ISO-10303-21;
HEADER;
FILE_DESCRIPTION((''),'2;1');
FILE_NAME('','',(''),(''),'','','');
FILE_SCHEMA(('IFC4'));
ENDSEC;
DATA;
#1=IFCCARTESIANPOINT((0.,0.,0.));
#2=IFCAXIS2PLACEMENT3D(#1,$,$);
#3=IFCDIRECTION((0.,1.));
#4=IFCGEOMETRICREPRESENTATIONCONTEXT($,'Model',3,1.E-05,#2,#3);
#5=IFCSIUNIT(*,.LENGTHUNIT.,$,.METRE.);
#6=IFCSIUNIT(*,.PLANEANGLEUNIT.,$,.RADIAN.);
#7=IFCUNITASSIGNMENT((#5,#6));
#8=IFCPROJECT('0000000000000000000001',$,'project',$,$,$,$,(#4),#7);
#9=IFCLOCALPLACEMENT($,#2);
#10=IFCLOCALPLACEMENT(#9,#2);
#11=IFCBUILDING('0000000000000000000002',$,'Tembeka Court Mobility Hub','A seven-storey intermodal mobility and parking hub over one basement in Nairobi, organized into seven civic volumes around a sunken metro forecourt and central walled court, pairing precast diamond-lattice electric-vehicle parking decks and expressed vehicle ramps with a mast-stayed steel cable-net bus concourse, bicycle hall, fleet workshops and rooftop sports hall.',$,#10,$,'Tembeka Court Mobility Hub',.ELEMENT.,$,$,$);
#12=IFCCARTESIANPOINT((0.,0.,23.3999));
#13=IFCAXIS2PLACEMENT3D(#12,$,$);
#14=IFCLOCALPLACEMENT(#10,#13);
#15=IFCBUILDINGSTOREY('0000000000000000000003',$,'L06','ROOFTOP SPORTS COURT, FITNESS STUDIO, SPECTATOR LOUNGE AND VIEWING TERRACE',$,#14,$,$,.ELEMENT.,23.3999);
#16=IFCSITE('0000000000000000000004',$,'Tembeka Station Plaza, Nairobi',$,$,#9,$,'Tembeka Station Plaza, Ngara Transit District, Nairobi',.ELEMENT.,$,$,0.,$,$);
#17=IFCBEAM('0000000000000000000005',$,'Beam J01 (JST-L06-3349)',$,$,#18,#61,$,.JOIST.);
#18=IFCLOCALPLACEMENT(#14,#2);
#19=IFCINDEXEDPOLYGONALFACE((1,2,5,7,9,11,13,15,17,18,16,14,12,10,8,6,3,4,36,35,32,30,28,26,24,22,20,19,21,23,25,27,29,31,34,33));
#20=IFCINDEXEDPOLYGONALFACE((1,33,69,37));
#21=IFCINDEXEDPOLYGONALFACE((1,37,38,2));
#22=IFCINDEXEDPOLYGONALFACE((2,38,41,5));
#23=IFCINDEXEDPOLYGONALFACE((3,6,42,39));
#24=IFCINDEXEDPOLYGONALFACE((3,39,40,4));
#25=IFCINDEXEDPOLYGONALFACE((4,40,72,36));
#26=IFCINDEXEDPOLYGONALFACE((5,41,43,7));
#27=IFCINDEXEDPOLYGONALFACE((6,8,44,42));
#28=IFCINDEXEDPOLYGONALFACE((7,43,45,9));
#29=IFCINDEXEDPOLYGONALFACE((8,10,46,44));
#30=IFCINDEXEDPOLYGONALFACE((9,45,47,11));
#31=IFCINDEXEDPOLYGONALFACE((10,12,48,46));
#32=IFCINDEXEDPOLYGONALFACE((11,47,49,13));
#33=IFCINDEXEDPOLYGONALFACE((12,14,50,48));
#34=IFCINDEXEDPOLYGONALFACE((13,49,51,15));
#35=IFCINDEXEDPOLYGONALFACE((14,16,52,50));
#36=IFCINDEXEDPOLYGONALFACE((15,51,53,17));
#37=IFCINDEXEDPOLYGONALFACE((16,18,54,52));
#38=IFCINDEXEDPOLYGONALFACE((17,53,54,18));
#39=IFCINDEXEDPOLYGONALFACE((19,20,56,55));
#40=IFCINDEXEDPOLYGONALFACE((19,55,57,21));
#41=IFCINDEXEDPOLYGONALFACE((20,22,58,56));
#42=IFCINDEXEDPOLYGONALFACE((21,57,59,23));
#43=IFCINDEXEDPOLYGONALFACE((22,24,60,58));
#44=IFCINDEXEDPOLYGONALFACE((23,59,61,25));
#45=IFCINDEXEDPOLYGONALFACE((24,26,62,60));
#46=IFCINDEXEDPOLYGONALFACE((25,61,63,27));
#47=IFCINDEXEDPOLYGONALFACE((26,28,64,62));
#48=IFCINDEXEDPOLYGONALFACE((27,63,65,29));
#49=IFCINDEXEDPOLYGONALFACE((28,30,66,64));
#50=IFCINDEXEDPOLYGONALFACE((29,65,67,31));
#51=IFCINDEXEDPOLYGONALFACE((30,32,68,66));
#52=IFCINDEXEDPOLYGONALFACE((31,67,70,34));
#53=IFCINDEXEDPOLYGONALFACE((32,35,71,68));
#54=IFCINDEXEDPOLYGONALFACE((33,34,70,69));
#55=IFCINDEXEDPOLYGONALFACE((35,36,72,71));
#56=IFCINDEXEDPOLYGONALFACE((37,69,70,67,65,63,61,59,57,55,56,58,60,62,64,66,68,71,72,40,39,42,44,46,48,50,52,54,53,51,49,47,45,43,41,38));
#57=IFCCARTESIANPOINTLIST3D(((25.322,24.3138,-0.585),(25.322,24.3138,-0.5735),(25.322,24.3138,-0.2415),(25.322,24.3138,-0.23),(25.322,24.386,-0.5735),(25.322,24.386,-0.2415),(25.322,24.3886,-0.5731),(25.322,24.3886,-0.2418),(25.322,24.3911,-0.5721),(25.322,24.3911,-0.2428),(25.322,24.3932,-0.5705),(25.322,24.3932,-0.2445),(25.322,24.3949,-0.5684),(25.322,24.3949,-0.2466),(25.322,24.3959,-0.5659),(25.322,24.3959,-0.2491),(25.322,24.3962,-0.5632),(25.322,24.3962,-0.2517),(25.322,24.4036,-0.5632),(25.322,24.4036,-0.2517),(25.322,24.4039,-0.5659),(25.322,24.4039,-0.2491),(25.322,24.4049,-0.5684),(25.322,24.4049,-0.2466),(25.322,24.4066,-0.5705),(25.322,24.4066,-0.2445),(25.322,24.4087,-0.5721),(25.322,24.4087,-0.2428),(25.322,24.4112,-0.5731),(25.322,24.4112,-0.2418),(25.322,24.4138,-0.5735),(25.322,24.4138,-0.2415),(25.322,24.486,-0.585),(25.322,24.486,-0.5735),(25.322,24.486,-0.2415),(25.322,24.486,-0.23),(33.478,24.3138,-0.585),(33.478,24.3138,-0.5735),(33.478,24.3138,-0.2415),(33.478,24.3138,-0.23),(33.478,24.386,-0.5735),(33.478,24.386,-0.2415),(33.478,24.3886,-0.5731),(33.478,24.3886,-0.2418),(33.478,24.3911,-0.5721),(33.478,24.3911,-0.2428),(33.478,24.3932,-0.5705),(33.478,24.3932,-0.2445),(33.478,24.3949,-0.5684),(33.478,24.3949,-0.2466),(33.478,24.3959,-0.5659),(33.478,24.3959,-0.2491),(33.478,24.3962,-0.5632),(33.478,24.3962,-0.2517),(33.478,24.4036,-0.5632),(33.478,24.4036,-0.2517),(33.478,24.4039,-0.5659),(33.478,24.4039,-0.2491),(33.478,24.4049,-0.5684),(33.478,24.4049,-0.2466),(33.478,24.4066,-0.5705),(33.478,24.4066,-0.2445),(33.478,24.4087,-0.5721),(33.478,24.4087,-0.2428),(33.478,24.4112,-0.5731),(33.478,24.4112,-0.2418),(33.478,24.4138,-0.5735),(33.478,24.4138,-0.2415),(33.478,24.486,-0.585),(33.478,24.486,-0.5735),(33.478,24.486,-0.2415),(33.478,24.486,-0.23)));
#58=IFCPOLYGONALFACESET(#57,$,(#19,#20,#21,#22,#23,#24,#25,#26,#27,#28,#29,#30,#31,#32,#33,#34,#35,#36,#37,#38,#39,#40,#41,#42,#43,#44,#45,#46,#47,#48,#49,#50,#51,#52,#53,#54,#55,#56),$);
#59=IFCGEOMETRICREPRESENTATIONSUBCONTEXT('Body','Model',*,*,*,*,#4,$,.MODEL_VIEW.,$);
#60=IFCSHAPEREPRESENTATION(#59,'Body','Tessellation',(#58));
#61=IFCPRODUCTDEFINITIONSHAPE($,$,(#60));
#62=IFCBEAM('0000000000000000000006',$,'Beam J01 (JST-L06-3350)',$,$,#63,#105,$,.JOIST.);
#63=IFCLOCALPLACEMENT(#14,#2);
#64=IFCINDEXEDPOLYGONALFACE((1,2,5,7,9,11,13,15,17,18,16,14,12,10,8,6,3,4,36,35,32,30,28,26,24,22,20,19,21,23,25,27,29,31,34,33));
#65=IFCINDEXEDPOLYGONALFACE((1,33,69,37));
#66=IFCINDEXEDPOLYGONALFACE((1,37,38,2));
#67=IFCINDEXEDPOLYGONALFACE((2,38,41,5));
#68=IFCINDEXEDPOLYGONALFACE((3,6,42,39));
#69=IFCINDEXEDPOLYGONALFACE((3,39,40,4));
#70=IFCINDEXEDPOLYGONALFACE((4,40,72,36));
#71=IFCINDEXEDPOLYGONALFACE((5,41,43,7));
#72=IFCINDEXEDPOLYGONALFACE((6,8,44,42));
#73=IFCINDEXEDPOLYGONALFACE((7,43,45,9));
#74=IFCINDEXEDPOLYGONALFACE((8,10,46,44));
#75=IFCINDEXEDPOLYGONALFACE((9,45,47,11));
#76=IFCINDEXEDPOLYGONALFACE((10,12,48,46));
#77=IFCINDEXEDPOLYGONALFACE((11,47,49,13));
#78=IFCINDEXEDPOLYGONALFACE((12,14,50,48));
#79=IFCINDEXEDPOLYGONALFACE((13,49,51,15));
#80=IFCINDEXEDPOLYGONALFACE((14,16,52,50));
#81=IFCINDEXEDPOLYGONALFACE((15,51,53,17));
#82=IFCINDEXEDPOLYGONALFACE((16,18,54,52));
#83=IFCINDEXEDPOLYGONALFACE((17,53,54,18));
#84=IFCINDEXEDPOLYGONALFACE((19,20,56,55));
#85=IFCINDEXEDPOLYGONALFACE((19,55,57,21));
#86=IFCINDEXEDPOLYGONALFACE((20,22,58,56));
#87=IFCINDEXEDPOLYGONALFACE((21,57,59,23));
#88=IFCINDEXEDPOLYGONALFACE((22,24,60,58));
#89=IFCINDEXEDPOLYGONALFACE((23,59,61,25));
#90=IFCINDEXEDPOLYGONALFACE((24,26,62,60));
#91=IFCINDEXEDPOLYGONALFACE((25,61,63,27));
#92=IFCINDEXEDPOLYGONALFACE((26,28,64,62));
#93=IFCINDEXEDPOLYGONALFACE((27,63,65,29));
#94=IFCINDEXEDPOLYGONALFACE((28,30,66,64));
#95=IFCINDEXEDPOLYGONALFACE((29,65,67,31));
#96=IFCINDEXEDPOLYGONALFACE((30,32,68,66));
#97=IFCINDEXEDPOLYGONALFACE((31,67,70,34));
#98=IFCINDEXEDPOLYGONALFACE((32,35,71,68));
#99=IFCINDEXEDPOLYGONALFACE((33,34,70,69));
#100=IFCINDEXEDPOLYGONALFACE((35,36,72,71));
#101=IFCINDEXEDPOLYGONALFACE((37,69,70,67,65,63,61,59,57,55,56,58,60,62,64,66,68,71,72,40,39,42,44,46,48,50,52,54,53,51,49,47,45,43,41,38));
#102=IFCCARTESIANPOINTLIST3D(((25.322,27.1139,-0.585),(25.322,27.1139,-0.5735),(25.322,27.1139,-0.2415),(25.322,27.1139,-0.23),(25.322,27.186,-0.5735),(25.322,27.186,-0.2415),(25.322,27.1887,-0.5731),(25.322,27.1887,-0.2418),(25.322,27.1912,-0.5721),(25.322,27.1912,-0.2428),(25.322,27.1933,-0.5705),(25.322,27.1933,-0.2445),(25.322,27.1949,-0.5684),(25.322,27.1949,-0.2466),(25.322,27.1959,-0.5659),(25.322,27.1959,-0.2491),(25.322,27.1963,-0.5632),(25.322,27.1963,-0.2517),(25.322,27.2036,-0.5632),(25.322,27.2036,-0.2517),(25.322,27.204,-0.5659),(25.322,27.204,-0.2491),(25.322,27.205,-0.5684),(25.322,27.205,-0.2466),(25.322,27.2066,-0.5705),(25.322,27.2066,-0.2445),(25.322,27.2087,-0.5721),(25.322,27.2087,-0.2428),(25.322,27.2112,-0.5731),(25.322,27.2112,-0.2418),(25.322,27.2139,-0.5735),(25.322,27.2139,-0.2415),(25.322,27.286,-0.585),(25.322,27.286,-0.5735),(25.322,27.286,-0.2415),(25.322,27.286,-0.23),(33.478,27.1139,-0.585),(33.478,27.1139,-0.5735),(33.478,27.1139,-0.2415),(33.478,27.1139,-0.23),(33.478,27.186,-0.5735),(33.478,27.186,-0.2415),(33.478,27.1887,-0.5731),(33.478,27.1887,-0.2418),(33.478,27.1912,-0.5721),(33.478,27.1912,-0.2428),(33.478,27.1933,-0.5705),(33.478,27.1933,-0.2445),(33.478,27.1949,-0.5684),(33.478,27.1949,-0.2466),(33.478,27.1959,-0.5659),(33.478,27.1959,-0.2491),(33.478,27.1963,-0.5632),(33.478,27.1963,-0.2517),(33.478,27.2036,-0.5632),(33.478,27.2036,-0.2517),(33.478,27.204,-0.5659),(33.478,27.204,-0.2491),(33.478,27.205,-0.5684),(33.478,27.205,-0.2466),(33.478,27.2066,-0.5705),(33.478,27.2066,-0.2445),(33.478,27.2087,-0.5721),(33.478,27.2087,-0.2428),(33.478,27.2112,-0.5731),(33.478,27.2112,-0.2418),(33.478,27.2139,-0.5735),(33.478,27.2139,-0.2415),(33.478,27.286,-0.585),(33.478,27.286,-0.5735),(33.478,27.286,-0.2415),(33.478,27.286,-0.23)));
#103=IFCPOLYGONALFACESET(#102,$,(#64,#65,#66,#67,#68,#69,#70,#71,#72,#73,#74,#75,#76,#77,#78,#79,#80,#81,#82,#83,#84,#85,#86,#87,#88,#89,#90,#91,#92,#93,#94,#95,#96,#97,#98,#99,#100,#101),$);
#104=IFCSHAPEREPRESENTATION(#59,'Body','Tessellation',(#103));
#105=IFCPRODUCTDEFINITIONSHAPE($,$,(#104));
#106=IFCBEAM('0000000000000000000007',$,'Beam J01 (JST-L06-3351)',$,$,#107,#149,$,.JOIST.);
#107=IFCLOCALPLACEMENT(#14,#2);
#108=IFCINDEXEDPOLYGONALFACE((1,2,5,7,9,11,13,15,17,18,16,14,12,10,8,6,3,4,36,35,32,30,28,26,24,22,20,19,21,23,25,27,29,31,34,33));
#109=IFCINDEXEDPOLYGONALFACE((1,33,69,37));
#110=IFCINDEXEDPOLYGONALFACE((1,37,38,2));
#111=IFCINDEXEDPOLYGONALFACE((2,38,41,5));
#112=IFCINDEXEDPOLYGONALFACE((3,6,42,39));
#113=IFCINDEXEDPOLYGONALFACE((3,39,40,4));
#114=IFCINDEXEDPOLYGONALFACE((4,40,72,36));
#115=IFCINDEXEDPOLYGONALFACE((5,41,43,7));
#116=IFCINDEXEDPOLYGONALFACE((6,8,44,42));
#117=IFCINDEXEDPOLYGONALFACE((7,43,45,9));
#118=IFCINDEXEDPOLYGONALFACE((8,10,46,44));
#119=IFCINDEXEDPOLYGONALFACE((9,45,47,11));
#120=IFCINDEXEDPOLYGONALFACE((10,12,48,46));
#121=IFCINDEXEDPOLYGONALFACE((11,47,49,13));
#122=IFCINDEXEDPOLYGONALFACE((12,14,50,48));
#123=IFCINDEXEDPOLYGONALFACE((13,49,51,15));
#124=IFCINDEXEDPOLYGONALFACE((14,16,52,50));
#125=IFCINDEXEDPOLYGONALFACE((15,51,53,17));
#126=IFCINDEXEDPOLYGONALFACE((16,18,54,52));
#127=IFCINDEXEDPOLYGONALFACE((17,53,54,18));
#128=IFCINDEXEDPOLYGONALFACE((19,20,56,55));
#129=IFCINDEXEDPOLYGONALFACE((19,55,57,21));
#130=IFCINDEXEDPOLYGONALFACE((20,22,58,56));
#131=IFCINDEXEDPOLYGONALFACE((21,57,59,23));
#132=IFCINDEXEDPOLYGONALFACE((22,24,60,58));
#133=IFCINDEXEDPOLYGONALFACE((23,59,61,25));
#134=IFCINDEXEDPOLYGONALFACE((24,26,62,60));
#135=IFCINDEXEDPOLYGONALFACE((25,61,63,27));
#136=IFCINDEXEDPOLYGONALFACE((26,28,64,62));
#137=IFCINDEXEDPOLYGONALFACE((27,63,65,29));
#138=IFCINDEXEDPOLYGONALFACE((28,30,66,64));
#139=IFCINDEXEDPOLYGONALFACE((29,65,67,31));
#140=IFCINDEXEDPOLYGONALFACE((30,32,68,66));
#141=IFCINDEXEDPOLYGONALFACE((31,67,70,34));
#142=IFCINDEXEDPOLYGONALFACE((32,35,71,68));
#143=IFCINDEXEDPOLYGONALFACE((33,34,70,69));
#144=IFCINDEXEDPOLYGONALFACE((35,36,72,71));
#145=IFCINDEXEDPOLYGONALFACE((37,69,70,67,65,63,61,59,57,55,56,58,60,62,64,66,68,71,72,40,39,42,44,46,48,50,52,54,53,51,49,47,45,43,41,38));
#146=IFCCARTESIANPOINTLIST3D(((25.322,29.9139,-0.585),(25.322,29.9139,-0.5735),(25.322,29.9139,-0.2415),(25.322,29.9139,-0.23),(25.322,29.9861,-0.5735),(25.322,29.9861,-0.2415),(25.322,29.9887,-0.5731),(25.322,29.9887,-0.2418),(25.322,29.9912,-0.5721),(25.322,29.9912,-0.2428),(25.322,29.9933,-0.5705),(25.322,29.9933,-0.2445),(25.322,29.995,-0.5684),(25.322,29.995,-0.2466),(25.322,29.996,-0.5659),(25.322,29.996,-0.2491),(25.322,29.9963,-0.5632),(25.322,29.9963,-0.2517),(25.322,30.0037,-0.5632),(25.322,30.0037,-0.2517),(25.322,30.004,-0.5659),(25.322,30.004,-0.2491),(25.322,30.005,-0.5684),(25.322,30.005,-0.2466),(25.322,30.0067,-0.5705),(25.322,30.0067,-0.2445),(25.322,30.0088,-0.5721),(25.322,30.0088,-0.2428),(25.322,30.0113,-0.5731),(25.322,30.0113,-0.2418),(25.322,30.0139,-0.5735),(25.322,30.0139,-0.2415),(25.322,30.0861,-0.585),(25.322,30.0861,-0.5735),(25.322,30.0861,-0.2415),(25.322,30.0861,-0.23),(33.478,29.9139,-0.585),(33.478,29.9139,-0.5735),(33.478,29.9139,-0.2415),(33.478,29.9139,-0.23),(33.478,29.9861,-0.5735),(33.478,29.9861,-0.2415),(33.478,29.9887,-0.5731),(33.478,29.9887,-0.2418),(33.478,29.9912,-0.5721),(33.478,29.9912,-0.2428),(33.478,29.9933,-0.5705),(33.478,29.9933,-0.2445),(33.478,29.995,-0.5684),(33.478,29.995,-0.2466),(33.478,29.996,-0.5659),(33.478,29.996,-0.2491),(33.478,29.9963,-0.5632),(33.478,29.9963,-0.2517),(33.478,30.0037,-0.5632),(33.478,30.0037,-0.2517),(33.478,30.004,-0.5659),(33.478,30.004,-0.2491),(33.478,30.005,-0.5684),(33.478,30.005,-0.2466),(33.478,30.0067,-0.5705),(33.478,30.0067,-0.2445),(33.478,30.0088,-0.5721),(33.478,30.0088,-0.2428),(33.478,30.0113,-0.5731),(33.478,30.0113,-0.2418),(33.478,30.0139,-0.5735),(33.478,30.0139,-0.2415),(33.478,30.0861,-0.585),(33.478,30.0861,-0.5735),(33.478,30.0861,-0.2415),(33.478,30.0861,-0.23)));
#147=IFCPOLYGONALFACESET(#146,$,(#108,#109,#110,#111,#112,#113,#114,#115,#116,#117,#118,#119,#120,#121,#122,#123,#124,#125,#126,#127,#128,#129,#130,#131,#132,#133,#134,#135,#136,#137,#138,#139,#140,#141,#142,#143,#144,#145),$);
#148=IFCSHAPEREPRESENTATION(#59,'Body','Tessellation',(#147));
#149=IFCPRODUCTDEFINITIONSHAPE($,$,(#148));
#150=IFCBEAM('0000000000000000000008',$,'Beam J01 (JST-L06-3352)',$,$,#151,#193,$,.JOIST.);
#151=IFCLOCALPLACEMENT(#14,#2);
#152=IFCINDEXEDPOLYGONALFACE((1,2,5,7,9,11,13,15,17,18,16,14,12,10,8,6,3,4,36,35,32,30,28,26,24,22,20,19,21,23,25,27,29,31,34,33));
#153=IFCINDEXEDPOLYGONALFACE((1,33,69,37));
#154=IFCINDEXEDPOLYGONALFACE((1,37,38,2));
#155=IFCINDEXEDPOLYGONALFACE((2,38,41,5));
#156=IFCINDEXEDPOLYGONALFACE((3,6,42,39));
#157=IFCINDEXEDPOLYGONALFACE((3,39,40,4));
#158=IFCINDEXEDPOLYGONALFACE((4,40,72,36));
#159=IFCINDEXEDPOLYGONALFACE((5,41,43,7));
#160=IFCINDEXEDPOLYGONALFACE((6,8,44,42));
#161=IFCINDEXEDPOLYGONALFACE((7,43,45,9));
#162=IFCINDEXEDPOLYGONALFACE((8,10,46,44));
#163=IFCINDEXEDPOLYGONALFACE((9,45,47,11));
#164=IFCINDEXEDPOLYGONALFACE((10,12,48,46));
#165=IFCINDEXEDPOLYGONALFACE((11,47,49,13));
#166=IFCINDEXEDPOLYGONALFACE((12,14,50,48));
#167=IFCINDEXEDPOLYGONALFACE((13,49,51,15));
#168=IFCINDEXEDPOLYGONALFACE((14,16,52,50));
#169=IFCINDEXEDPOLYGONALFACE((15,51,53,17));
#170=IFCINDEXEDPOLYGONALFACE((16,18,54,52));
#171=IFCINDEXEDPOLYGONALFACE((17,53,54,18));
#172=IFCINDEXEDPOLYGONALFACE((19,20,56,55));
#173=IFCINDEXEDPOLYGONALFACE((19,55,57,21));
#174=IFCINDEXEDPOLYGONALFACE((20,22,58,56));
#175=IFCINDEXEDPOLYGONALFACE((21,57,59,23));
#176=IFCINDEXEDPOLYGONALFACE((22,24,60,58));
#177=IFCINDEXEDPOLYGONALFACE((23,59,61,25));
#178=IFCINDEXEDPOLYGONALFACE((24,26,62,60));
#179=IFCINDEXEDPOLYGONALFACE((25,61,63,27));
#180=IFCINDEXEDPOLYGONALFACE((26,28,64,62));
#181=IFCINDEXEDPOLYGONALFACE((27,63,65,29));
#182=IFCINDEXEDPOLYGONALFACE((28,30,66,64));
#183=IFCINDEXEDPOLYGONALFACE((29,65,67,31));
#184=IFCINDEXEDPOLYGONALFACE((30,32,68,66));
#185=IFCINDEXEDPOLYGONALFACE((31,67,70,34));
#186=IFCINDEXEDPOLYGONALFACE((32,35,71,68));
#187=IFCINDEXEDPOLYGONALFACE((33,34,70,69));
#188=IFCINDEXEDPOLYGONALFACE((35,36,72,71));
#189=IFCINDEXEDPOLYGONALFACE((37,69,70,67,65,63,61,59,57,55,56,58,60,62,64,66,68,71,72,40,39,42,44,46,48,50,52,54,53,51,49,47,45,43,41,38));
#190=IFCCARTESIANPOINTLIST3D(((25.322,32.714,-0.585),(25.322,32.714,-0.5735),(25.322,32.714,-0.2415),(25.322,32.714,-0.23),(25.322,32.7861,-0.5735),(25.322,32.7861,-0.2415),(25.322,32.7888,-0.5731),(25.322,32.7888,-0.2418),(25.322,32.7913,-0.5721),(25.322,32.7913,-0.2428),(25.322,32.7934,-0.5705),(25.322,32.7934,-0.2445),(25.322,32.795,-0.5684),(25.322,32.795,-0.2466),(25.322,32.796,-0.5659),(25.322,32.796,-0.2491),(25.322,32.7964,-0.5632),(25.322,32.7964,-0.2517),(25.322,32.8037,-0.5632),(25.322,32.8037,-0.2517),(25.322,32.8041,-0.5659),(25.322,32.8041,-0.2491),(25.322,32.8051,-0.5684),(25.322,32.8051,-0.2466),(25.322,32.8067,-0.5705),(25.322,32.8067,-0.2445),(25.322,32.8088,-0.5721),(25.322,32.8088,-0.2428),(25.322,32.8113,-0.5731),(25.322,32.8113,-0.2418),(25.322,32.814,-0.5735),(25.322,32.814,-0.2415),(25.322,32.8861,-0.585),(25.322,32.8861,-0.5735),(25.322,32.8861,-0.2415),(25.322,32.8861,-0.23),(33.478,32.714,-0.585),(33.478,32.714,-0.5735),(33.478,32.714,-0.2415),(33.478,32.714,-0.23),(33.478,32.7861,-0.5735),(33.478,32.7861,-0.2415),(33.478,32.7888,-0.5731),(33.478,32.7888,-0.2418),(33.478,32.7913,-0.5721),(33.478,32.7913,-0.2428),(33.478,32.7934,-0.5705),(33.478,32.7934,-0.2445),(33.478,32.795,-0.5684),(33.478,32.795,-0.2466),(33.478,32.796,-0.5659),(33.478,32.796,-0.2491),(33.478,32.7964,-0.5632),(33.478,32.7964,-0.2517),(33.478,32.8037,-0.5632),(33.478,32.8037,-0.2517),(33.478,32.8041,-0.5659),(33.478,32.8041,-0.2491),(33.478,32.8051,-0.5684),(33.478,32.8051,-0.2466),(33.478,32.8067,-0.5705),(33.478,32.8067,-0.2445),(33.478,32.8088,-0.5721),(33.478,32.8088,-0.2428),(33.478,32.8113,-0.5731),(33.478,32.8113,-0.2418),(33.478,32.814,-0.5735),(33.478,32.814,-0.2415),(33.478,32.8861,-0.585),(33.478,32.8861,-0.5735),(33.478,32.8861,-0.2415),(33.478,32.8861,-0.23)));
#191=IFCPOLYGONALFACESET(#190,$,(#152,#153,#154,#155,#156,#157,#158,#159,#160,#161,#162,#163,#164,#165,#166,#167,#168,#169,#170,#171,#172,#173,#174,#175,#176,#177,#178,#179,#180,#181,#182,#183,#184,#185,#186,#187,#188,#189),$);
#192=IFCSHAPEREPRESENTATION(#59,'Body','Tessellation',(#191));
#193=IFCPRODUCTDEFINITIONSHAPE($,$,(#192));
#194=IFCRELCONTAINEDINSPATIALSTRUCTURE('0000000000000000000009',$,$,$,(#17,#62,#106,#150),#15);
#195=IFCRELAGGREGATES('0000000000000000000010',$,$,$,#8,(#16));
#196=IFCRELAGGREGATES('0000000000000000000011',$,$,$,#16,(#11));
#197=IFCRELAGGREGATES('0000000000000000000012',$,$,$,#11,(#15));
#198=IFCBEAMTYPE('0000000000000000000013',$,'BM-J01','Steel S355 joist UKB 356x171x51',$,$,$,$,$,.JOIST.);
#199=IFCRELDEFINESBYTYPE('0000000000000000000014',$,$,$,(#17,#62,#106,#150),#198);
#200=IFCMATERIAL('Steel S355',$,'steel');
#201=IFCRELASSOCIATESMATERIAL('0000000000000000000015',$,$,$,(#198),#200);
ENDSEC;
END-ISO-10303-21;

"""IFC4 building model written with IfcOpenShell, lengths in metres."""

from ifc_helpers import new_model, si_unit, direction, frame, origin, origin_2d, place, context, subcontext, project, spatial, i_section, extrude, material, material_profile, profile_set, type_object, element, save


model = new_model("IFC4")

# Units and contexts
model_context = context("Model", 3, precision=1e-05, world=origin(), true_north=direction((0.0, 1.0)))
body_context = subcontext(model_context, "Body", "Model", "MODEL_VIEW")
ifc_project = project(units=[si_unit("LENGTHUNIT", "METRE"), si_unit("PLANEANGLEUNIT", "RADIAN")], contexts=[model_context])

# Site, building, storey
site_placement = place(None, origin())
site = spatial("IfcSite", under=ifc_project, at=site_placement, Name="Tembeka Station Plaza, Nairobi", LongName="Tembeka Station Plaza, Ngara Transit District, Nairobi", CompositionType="ELEMENT", RefElevation=0.0)
building_placement = place(site_placement, origin())
building = spatial("IfcBuilding", under=site, at=building_placement, Name="Tembeka Court Mobility Hub", Description="A seven-storey intermodal mobility and parking hub over one basement in Nairobi, organized into seven civic volumes around a sunken metro forecourt and central walled court, pairing precast diamond-lattice electric-vehicle parking decks and expressed vehicle ramps with a mast-stayed steel cable-net bus concourse, bicycle hall, fleet workshops and rooftop sports hall.", LongName="Tembeka Court Mobility Hub", CompositionType="ELEMENT")
storey_placement = place(building_placement, frame((0.0, 0.0, 23.3999)))
storey = spatial("IfcBuildingStorey", under=building, at=storey_placement, Name="L06", Description="ROOFTOP SPORTS COURT, FITNESS STUDIO, SPECTATOR LOUNGE AND VIEWING TERRACE", CompositionType="ELEMENT", Elevation=23.3999)

# Shared definitions
ifc_material_1 = material(Name="Steel S355", Category="steel")

# Beams
ifc_material_profile_1 = material_profile(ifc_material_1, i_section(OverallWidth=0.1721, OverallDepth=0.355, WebThickness=0.0073, FlangeThickness=0.0115, FilletRadius=0.0103, at=origin_2d()), Name="UKB 356x171x51")
ifc_profile_set_1 = profile_set([ifc_material_profile_1], Name="Steel S355")
beam_type_1 = type_object("IfcBeamType", Name="BM-J01", Description="Steel S355 joist UKB 356x171x51", PredefinedType="JOIST", material=ifc_profile_set_1)
for number, where, z_axis, x_axis, name in (
    (1, (25.322, 24.3999, -0.4075), (1.0, 0.0, 0.0), (0.0, 1.0, 0.0), "Beam J01 (JST-L06-3349)"),
    (2, (25.322, 27.2, -0.4075), (1.0, 0.0, 0.0), (0.0, 1.0, 0.0), "Beam J01 (JST-L06-3350)"),
    (3, (25.322, 30.0, -0.4075), (1.0, 0.0, 0.0), (0.0, 1.0, 0.0), "Beam J01 (JST-L06-3351)"),
    (4, (25.322, 32.8, -0.4075), (1.0, 0.0, 0.0), (0.0, 1.0, 0.0), "Beam J01 (JST-L06-3352)"),
):
    element("IfcBeam", number, at=place(storey_placement, frame(where, z_axis=z_axis, x_axis=x_axis)), inside=storey, type_object=beam_type_1, Name=name, PredefinedType="JOIST", context=body_context, shape_type="SweptSolid", body=[
        extrude(i_section(OverallWidth=0.1721, OverallDepth=0.355, WebThickness=0.0073, FlangeThickness=0.0115, FilletRadius=0.0103, at=origin_2d()), origin(), (0.0, 0.0, 1.0), 8.156),
    ])

save(model, "model.ifc")
